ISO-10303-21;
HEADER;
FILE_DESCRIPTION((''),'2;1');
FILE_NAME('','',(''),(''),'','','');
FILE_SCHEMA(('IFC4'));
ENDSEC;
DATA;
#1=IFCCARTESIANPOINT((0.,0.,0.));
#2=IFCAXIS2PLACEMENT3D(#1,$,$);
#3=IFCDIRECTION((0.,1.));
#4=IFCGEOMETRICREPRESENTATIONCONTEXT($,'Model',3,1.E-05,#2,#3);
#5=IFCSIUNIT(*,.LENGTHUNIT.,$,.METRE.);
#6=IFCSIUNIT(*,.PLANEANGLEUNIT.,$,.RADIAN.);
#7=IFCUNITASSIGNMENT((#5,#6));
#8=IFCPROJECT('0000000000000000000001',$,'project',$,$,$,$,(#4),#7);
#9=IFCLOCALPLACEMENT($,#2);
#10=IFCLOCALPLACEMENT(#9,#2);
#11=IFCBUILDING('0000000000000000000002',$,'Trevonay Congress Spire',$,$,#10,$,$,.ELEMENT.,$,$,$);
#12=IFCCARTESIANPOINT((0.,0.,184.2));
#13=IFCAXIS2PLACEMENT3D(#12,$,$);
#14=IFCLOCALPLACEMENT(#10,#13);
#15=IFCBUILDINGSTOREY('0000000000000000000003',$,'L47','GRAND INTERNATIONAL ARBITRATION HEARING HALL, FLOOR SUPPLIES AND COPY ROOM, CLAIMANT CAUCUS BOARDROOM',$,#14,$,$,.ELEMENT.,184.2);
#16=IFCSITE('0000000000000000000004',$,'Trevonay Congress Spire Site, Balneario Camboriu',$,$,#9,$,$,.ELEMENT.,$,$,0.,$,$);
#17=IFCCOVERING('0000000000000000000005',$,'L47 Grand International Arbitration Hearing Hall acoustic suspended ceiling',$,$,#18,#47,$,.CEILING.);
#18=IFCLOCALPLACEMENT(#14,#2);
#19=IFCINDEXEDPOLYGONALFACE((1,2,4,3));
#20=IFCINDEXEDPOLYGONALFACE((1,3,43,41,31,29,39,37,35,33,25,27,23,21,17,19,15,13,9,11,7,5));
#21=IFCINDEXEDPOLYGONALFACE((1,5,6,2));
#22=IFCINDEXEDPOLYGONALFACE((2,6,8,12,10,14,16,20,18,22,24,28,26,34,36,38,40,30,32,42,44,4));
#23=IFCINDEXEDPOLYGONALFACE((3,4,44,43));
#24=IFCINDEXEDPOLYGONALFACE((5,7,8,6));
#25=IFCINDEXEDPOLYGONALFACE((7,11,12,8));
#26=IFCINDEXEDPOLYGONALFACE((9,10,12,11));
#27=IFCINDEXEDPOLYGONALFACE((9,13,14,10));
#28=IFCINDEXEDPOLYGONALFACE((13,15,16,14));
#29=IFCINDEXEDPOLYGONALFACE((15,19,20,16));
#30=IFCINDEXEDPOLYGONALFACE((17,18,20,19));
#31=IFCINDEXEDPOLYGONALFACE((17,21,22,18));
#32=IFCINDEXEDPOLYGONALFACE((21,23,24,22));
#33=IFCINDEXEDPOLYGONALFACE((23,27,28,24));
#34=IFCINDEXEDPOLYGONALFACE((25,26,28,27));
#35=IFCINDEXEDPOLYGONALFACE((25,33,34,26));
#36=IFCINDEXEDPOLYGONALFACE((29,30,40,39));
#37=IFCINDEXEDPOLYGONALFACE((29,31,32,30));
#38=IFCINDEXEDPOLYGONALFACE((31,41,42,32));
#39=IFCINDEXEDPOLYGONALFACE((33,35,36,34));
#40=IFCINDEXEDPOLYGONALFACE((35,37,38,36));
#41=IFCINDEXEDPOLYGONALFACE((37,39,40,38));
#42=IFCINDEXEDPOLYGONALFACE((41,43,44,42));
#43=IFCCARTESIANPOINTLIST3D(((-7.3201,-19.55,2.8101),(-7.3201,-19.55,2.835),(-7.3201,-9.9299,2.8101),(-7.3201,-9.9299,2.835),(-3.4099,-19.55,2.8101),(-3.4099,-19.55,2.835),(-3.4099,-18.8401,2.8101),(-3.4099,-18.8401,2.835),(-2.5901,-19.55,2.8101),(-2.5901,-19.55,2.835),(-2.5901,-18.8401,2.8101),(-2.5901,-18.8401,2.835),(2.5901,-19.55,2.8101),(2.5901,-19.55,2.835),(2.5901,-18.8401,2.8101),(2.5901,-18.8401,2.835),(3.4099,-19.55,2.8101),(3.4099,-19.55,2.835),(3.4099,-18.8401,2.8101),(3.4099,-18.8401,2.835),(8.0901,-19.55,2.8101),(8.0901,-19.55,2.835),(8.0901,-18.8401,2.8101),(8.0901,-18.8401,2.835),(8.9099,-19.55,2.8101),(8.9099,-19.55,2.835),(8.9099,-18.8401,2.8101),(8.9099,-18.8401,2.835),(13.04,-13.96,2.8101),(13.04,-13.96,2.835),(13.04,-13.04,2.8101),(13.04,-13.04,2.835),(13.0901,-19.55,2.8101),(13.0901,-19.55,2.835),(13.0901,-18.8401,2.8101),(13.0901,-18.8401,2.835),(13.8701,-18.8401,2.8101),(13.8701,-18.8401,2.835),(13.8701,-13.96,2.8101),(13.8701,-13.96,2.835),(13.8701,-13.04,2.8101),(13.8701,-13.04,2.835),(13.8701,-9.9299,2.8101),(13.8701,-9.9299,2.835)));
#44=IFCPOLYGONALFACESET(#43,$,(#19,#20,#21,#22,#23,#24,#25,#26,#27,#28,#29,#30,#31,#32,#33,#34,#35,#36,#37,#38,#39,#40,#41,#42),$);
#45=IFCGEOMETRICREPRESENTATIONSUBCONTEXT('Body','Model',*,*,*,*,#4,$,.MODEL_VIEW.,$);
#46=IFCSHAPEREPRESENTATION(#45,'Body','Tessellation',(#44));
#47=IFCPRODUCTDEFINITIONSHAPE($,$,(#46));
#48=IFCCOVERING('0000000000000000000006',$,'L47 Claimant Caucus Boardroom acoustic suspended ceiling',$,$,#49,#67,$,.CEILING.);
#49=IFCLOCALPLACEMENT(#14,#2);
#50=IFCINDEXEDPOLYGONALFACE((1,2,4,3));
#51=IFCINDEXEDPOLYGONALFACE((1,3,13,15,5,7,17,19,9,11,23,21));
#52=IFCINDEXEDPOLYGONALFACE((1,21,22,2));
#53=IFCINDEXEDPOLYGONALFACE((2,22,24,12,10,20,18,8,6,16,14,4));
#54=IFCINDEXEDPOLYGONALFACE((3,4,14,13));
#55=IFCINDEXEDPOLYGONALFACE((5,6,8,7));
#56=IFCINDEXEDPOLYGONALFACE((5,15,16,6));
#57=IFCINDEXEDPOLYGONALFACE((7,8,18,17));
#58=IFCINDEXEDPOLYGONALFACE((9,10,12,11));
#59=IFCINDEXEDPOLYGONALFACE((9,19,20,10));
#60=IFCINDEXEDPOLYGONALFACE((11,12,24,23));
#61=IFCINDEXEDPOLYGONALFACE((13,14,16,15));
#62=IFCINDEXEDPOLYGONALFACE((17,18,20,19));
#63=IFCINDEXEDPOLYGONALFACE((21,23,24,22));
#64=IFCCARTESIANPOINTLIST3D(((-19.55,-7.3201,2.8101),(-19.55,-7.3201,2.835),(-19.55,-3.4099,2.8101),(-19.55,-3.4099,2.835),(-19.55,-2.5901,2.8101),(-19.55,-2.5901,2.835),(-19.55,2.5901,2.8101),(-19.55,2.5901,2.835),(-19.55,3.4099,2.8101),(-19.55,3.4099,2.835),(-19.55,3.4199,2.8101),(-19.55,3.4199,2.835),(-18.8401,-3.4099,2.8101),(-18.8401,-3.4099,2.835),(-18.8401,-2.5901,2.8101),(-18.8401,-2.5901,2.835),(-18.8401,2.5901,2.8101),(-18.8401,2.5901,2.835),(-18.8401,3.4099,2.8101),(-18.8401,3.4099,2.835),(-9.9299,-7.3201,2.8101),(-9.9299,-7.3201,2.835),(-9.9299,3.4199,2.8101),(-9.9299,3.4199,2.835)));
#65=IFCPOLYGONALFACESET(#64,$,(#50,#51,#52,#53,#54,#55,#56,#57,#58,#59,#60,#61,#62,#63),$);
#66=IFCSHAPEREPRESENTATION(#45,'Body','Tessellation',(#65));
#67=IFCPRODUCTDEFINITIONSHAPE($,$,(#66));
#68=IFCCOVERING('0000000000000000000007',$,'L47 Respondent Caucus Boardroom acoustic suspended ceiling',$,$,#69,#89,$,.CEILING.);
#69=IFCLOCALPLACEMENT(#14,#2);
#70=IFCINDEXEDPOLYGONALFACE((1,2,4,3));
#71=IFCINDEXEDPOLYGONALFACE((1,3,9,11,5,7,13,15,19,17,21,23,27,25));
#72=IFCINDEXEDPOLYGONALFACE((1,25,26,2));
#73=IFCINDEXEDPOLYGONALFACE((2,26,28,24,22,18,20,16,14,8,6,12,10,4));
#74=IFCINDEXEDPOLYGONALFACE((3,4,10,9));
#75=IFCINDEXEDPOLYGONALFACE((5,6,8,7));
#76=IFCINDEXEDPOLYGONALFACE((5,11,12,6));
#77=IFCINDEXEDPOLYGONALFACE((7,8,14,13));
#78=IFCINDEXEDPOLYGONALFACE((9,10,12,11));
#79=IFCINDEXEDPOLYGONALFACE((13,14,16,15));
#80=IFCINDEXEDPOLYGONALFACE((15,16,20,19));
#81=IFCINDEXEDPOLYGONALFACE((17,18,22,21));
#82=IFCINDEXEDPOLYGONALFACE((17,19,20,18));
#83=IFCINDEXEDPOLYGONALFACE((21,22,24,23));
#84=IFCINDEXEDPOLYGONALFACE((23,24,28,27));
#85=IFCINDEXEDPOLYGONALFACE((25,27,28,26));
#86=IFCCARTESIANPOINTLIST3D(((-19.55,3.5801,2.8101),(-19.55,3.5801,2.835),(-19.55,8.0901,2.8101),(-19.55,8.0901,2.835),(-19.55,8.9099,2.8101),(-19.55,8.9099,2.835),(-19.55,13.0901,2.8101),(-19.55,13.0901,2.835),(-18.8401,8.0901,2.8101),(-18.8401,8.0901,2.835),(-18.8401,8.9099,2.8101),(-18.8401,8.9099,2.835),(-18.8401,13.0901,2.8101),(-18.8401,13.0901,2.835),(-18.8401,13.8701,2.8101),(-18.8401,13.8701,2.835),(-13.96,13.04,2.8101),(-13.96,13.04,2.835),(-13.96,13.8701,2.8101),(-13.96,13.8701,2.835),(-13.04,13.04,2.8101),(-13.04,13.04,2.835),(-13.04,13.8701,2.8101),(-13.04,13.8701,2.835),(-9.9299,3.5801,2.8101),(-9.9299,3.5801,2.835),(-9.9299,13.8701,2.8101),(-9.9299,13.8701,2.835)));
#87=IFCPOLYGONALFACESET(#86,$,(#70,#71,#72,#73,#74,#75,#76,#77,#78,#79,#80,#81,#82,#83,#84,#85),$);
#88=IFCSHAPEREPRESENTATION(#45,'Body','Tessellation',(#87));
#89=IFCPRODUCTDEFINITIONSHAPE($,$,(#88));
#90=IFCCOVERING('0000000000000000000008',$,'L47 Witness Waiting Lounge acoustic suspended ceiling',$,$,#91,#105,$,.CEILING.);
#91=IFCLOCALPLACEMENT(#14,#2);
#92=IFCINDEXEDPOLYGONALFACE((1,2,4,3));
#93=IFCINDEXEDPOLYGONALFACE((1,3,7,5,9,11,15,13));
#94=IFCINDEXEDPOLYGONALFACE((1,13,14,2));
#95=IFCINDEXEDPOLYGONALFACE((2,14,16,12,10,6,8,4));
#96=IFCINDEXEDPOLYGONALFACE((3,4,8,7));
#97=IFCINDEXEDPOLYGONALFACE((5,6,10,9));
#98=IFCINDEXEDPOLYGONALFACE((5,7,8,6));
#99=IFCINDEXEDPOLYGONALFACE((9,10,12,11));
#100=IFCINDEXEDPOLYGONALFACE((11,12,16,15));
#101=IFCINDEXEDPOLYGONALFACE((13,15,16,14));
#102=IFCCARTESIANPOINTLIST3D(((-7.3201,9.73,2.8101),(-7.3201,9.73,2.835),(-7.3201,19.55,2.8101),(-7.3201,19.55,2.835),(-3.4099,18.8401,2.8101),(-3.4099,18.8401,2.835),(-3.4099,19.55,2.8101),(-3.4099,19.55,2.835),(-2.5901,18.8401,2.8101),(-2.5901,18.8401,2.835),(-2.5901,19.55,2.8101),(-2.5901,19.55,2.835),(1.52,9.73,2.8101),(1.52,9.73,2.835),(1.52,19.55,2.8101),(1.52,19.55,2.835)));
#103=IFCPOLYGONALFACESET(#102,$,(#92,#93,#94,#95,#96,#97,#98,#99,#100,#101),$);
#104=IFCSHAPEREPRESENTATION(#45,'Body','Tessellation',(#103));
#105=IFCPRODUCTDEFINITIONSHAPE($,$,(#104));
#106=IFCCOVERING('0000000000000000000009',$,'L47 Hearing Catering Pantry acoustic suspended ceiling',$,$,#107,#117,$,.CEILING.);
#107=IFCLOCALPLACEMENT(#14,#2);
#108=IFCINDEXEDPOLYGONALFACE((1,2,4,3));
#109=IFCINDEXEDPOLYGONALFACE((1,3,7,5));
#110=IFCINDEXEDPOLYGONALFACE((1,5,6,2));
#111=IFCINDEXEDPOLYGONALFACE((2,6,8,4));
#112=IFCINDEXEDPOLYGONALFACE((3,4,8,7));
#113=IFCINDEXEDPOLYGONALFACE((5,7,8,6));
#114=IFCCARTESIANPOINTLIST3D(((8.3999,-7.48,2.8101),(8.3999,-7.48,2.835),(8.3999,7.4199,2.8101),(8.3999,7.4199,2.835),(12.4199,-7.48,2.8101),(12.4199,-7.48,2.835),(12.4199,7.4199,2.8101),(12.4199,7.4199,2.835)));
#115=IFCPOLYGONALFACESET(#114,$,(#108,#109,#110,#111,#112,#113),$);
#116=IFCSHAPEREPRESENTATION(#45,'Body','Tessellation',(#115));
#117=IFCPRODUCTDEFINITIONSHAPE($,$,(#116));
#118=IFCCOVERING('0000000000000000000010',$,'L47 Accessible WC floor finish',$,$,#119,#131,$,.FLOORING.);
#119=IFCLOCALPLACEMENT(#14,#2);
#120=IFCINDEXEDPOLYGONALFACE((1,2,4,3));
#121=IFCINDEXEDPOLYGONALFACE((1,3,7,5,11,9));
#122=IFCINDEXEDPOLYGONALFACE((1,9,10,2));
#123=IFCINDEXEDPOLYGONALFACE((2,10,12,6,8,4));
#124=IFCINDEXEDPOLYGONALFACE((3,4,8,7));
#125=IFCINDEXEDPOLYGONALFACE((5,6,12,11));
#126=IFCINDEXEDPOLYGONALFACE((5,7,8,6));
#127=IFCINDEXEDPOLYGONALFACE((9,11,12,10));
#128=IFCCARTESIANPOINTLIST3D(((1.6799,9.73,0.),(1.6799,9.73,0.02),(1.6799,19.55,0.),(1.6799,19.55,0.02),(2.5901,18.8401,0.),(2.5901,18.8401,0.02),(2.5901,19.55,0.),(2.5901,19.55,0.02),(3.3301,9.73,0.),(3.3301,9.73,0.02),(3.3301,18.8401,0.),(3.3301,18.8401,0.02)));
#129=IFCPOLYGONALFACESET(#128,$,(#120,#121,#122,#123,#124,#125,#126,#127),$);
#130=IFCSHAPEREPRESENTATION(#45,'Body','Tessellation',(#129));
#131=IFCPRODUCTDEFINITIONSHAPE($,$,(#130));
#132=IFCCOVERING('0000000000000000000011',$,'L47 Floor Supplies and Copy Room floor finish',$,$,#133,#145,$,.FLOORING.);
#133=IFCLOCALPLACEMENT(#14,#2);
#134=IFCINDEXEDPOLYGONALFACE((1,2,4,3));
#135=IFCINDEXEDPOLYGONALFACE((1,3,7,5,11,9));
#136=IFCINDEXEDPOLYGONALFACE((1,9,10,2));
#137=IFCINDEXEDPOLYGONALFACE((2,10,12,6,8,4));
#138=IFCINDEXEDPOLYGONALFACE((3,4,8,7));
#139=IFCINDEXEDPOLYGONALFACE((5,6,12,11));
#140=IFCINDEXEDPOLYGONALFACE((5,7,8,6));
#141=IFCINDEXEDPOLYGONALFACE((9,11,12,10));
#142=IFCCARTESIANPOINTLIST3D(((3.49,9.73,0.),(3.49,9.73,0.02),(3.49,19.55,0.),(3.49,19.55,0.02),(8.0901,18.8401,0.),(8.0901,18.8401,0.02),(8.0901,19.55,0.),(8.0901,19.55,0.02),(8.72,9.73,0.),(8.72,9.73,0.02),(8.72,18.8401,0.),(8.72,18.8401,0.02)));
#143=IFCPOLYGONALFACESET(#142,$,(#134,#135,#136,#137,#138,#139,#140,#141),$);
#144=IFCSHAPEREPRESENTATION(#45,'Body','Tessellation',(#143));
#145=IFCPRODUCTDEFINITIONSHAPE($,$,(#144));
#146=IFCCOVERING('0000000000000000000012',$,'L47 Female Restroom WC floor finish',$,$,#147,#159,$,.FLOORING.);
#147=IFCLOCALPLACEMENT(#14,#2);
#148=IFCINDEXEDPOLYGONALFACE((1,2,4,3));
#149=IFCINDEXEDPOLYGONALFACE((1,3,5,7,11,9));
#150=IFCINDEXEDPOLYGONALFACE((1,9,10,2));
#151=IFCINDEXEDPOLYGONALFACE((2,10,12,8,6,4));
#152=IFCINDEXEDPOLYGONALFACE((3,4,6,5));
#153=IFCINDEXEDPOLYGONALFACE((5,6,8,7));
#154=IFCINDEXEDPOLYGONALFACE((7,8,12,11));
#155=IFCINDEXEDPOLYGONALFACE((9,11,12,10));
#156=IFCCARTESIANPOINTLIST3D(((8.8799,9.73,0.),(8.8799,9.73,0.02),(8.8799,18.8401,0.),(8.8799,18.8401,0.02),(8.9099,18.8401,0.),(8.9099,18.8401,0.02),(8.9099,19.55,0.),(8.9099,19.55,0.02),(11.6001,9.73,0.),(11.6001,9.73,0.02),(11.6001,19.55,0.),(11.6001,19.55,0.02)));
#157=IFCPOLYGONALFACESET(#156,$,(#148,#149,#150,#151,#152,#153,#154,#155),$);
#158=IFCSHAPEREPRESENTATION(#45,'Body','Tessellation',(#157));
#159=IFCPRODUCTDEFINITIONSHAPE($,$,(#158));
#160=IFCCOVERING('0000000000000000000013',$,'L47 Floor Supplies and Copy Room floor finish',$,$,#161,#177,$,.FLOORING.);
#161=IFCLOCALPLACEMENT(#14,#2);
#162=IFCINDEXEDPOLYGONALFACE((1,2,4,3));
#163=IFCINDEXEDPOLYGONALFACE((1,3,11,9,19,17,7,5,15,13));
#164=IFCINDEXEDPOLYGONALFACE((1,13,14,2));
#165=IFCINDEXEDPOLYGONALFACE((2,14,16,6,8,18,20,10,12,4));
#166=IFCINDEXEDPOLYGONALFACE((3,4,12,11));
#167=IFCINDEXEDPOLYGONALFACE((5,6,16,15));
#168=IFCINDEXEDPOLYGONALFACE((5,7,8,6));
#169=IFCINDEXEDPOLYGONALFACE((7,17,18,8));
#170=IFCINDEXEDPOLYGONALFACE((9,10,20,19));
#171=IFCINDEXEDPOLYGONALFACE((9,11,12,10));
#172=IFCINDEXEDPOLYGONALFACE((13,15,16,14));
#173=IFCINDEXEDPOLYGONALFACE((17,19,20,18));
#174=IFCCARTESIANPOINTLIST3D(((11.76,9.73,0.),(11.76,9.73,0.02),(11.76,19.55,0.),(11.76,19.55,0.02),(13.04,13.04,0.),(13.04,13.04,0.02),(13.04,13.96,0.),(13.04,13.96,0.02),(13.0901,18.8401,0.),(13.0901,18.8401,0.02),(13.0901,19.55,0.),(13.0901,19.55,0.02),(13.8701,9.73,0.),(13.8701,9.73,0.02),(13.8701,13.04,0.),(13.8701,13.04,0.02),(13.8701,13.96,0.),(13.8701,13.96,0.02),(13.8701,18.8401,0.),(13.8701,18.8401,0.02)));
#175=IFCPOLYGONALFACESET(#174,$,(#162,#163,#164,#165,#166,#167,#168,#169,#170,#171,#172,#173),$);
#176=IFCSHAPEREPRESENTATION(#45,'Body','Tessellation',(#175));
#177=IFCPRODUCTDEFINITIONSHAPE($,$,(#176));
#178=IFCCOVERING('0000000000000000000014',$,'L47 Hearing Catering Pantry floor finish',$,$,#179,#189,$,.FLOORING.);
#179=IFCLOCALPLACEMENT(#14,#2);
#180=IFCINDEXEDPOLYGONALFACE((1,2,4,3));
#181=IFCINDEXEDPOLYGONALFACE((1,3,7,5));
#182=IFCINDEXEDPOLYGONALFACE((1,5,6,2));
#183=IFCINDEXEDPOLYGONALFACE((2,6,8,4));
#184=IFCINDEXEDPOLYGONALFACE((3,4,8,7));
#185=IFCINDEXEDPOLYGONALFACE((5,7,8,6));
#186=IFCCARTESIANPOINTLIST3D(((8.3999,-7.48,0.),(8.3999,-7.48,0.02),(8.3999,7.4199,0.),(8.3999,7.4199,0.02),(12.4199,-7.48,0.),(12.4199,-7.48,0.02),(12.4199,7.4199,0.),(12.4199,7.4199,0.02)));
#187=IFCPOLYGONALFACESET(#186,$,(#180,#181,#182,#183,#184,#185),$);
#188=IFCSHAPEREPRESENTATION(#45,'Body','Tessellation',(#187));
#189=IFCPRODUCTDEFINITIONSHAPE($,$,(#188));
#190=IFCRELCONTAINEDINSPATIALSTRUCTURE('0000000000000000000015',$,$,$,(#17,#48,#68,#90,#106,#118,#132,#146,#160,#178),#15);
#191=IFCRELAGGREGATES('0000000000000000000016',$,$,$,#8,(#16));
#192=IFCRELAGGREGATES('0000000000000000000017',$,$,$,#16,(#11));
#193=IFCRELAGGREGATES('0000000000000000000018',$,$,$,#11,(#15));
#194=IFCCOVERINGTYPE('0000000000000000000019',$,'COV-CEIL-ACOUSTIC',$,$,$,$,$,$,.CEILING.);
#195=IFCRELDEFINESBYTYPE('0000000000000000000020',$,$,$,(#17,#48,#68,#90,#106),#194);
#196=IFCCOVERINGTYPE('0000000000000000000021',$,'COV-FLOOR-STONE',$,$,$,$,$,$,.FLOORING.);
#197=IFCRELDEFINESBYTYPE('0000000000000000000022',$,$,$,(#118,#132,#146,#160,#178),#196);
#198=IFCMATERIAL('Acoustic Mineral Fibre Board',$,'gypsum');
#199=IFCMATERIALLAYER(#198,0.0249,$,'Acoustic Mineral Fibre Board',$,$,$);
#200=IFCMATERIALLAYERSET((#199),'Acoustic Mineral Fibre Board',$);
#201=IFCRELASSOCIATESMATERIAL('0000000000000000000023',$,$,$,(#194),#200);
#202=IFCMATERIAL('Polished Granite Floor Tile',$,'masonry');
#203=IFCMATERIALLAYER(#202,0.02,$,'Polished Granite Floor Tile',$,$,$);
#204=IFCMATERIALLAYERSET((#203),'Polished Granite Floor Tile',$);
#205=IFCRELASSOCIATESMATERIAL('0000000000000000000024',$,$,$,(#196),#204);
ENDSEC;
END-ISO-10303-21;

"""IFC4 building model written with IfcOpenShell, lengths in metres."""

from ifc_helpers import new_model, si_unit, direction, frame, origin, place, context, subcontext, project, spatial, polyline, outline, extrude, material, layer, layer_set, type_object, element, save


model = new_model("IFC4")

# Units and contexts
model_context = context("Model", 3, precision=1e-05, world=origin(), true_north=direction((0.0, 1.0)))
body_context = subcontext(model_context, "Body", "Model", "MODEL_VIEW")
ifc_project = project(units=[si_unit("LENGTHUNIT", "METRE"), si_unit("PLANEANGLEUNIT", "RADIAN")], contexts=[model_context])

# Site, building, storey
site_placement = place(None, origin())
site = spatial("IfcSite", under=ifc_project, at=site_placement, Name="Trevonay Congress Spire Site, Balneario Camboriu", CompositionType="ELEMENT", RefElevation=0.0)
building_placement = place(site_placement, origin())
building = spatial("IfcBuilding", under=site, at=building_placement, Name="Trevonay Congress Spire", CompositionType="ELEMENT")
storey_placement = place(building_placement, frame((0.0, 0.0, 184.2)))
storey = spatial("IfcBuildingStorey", under=building, at=storey_placement, Name="L47", Description="GRAND INTERNATIONAL ARBITRATION HEARING HALL, FLOOR SUPPLIES AND COPY ROOM, CLAIMANT CAUCUS BOARDROOM", CompositionType="ELEMENT", Elevation=184.2)

# Coverings
ifc_material_1 = material(Name="Acoustic Mineral Fibre Board", Category="gypsum")
ifc_layer_1 = layer(ifc_material_1, 0.0249, Name="Acoustic Mineral Fibre Board")
ifc_layer_set_1 = layer_set([ifc_layer_1], Name="Acoustic Mineral Fibre Board")
covering_type_1 = type_object("IfcCoveringType", Name="COV-CEIL-ACOUSTIC", PredefinedType="CEILING", material=ifc_layer_set_1)
covering_1_placement = place(storey_placement, frame((0.0, 0.0, 2.8101)))
element("IfcCovering", 1, at=covering_1_placement, inside=storey, type_object=covering_type_1, Name="L47 Grand International Arbitration Hearing Hall acoustic suspended ceiling", PredefinedType="CEILING", context=body_context, shape_type="SweptSolid", body=[
    extrude(outline(polyline([(-7.3201, -19.55), (-7.3201, -9.9299), (13.8701, -9.9299), (13.8701, -13.04), (13.04, -13.04), (13.04, -13.96), (13.8701, -13.96), (13.8701, -18.8401), (13.0901, -18.8401), (13.0901, -19.55), (8.9099, -19.55), (8.9099, -18.8401), (8.0901, -18.8401), (8.0901, -19.55), (3.4099, -19.55), (3.4099, -18.8401), (2.5901, -18.8401), (2.5901, -19.55), (-2.5901, -19.55), (-2.5901, -18.8401), (-3.4099, -18.8401), (-3.4099, -19.55), (-7.3201, -19.55)])), origin(), (0.0, 0.0, 1.0), 0.0249),
])
covering_2_placement = place(storey_placement, frame((0.0, 0.0, 2.8101)))
element("IfcCovering", 2, at=covering_2_placement, inside=storey, type_object=covering_type_1, Name="L47 Claimant Caucus Boardroom acoustic suspended ceiling", PredefinedType="CEILING", context=body_context, shape_type="SweptSolid", body=[
    extrude(outline(polyline([(-19.55, 3.4199), (-9.9299, 3.4199), (-9.9299, -7.3201), (-19.55, -7.3201), (-19.55, -3.4099), (-18.8401, -3.4099), (-18.8401, -2.5901), (-19.55, -2.5901), (-19.55, 2.5901), (-18.8401, 2.5901), (-18.8401, 3.4099), (-19.55, 3.4099), (-19.55, 3.4199)])), origin(), (0.0, 0.0, 1.0), 0.0249),
])
covering_3_placement = place(storey_placement, frame((0.0, 0.0, 2.8101)))
element("IfcCovering", 3, at=covering_3_placement, inside=storey, type_object=covering_type_1, Name="L47 Respondent Caucus Boardroom acoustic suspended ceiling", PredefinedType="CEILING", context=body_context, shape_type="SweptSolid", body=[
    extrude(outline(polyline([(-9.9299, 13.8701), (-9.9299, 3.5801), (-19.55, 3.5801), (-19.55, 8.0901), (-18.8401, 8.0901), (-18.8401, 8.9099), (-19.55, 8.9099), (-19.55, 13.0901), (-18.8401, 13.0901), (-18.8401, 13.8701), (-13.96, 13.8701), (-13.96, 13.04), (-13.04, 13.04), (-13.04, 13.8701), (-9.9299, 13.8701)])), origin(), (0.0, 0.0, 1.0), 0.0249),
])
covering_4_placement = place(storey_placement, frame((0.0, 0.0, 2.8101)))
element("IfcCovering", 4, at=covering_4_placement, inside=storey, type_object=covering_type_1, Name="L47 Witness Waiting Lounge acoustic suspended ceiling", PredefinedType="CEILING", context=body_context, shape_type="SweptSolid", body=[
    extrude(outline(polyline([(1.52, 19.55), (1.52, 9.73), (-7.3201, 9.73), (-7.3201, 19.55), (-3.4099, 19.55), (-3.4099, 18.8401), (-2.5901, 18.8401), (-2.5901, 19.55), (1.52, 19.55)])), origin(), (0.0, 0.0, 1.0), 0.0249),
])
covering_5_placement = place(storey_placement, frame((0.0, 0.0, 2.8101)))
element("IfcCovering", 5, at=covering_5_placement, inside=storey, type_object=covering_type_1, Name="L47 Hearing Catering Pantry acoustic suspended ceiling", PredefinedType="CEILING", context=body_context, shape_type="SweptSolid", body=[
    extrude(outline(polyline([(8.3999, -7.48), (12.4199, -7.48), (12.4199, 7.4199), (8.3999, 7.4199), (8.3999, -7.48)])), origin(), (0.0, 0.0, 1.0), 0.0249),
])
ifc_material_2 = material(Name="Polished Granite Floor Tile", Category="masonry")
ifc_layer_2 = layer(ifc_material_2, 0.02, Name="Polished Granite Floor Tile")
ifc_layer_set_2 = layer_set([ifc_layer_2], Name="Polished Granite Floor Tile")
covering_type_2 = type_object("IfcCoveringType", Name="COV-FLOOR-STONE", PredefinedType="FLOORING", material=ifc_layer_set_2)
covering_6_placement = place(storey_placement, origin())
element("IfcCovering", 6, at=covering_6_placement, inside=storey, type_object=covering_type_2, Name="L47 Accessible WC floor finish", PredefinedType="FLOORING", context=body_context, shape_type="SweptSolid", body=[
    extrude(outline(polyline([(3.3301, 9.73), (1.6799, 9.73), (1.6799, 19.55), (2.5901, 19.55), (2.5901, 18.8401), (3.3301, 18.8401), (3.3301, 9.73)])), origin(), (0.0, 0.0, 1.0), 0.02),
])
covering_7_placement = place(storey_placement, origin())
element("IfcCovering", 7, at=covering_7_placement, inside=storey, type_object=covering_type_2, Name="L47 Floor Supplies and Copy Room floor finish", PredefinedType="FLOORING", context=body_context, shape_type="SweptSolid", body=[
    extrude(outline(polyline([(8.72, 9.73), (3.49, 9.73), (3.49, 19.55), (8.0901, 19.55), (8.0901, 18.8401), (8.72, 18.8401), (8.72, 9.73)])), origin(), (0.0, 0.0, 1.0), 0.02),
])
covering_8_placement = place(storey_placement, origin())
element("IfcCovering", 8, at=covering_8_placement, inside=storey, type_object=covering_type_2, Name="L47 Female Restroom WC floor finish", PredefinedType="FLOORING", context=body_context, shape_type="SweptSolid", body=[
    extrude(outline(polyline([(11.6001, 19.55), (11.6001, 9.73), (8.8799, 9.73), (8.8799, 18.8401), (8.9099, 18.8401), (8.9099, 19.55), (11.6001, 19.55)])), origin(), (0.0, 0.0, 1.0), 0.02),
])
covering_9_placement = place(storey_placement, origin())
element("IfcCovering", 9, at=covering_9_placement, inside=storey, type_object=covering_type_2, Name="L47 Floor Supplies and Copy Room floor finish", PredefinedType="FLOORING", context=body_context, shape_type="SweptSolid", body=[
    extrude(outline(polyline([(13.8701, 9.73), (11.76, 9.73), (11.76, 19.55), (13.0901, 19.55), (13.0901, 18.8401), (13.8701, 18.8401), (13.8701, 13.96), (13.04, 13.96), (13.04, 13.04), (13.8701, 13.04), (13.8701, 9.73)])), origin(), (0.0, 0.0, 1.0), 0.02),
])
covering_10_placement = place(storey_placement, origin())
element("IfcCovering", 10, at=covering_10_placement, inside=storey, type_object=covering_type_2, Name="L47 Hearing Catering Pantry floor finish", PredefinedType="FLOORING", context=body_context, shape_type="SweptSolid", body=[
    extrude(outline(polyline([(8.3999, -7.48), (12.4199, -7.48), (12.4199, 7.4199), (8.3999, 7.4199), (8.3999, -7.48)])), origin(), (0.0, 0.0, 1.0), 0.02),
])

save(model, "model.ifc")
